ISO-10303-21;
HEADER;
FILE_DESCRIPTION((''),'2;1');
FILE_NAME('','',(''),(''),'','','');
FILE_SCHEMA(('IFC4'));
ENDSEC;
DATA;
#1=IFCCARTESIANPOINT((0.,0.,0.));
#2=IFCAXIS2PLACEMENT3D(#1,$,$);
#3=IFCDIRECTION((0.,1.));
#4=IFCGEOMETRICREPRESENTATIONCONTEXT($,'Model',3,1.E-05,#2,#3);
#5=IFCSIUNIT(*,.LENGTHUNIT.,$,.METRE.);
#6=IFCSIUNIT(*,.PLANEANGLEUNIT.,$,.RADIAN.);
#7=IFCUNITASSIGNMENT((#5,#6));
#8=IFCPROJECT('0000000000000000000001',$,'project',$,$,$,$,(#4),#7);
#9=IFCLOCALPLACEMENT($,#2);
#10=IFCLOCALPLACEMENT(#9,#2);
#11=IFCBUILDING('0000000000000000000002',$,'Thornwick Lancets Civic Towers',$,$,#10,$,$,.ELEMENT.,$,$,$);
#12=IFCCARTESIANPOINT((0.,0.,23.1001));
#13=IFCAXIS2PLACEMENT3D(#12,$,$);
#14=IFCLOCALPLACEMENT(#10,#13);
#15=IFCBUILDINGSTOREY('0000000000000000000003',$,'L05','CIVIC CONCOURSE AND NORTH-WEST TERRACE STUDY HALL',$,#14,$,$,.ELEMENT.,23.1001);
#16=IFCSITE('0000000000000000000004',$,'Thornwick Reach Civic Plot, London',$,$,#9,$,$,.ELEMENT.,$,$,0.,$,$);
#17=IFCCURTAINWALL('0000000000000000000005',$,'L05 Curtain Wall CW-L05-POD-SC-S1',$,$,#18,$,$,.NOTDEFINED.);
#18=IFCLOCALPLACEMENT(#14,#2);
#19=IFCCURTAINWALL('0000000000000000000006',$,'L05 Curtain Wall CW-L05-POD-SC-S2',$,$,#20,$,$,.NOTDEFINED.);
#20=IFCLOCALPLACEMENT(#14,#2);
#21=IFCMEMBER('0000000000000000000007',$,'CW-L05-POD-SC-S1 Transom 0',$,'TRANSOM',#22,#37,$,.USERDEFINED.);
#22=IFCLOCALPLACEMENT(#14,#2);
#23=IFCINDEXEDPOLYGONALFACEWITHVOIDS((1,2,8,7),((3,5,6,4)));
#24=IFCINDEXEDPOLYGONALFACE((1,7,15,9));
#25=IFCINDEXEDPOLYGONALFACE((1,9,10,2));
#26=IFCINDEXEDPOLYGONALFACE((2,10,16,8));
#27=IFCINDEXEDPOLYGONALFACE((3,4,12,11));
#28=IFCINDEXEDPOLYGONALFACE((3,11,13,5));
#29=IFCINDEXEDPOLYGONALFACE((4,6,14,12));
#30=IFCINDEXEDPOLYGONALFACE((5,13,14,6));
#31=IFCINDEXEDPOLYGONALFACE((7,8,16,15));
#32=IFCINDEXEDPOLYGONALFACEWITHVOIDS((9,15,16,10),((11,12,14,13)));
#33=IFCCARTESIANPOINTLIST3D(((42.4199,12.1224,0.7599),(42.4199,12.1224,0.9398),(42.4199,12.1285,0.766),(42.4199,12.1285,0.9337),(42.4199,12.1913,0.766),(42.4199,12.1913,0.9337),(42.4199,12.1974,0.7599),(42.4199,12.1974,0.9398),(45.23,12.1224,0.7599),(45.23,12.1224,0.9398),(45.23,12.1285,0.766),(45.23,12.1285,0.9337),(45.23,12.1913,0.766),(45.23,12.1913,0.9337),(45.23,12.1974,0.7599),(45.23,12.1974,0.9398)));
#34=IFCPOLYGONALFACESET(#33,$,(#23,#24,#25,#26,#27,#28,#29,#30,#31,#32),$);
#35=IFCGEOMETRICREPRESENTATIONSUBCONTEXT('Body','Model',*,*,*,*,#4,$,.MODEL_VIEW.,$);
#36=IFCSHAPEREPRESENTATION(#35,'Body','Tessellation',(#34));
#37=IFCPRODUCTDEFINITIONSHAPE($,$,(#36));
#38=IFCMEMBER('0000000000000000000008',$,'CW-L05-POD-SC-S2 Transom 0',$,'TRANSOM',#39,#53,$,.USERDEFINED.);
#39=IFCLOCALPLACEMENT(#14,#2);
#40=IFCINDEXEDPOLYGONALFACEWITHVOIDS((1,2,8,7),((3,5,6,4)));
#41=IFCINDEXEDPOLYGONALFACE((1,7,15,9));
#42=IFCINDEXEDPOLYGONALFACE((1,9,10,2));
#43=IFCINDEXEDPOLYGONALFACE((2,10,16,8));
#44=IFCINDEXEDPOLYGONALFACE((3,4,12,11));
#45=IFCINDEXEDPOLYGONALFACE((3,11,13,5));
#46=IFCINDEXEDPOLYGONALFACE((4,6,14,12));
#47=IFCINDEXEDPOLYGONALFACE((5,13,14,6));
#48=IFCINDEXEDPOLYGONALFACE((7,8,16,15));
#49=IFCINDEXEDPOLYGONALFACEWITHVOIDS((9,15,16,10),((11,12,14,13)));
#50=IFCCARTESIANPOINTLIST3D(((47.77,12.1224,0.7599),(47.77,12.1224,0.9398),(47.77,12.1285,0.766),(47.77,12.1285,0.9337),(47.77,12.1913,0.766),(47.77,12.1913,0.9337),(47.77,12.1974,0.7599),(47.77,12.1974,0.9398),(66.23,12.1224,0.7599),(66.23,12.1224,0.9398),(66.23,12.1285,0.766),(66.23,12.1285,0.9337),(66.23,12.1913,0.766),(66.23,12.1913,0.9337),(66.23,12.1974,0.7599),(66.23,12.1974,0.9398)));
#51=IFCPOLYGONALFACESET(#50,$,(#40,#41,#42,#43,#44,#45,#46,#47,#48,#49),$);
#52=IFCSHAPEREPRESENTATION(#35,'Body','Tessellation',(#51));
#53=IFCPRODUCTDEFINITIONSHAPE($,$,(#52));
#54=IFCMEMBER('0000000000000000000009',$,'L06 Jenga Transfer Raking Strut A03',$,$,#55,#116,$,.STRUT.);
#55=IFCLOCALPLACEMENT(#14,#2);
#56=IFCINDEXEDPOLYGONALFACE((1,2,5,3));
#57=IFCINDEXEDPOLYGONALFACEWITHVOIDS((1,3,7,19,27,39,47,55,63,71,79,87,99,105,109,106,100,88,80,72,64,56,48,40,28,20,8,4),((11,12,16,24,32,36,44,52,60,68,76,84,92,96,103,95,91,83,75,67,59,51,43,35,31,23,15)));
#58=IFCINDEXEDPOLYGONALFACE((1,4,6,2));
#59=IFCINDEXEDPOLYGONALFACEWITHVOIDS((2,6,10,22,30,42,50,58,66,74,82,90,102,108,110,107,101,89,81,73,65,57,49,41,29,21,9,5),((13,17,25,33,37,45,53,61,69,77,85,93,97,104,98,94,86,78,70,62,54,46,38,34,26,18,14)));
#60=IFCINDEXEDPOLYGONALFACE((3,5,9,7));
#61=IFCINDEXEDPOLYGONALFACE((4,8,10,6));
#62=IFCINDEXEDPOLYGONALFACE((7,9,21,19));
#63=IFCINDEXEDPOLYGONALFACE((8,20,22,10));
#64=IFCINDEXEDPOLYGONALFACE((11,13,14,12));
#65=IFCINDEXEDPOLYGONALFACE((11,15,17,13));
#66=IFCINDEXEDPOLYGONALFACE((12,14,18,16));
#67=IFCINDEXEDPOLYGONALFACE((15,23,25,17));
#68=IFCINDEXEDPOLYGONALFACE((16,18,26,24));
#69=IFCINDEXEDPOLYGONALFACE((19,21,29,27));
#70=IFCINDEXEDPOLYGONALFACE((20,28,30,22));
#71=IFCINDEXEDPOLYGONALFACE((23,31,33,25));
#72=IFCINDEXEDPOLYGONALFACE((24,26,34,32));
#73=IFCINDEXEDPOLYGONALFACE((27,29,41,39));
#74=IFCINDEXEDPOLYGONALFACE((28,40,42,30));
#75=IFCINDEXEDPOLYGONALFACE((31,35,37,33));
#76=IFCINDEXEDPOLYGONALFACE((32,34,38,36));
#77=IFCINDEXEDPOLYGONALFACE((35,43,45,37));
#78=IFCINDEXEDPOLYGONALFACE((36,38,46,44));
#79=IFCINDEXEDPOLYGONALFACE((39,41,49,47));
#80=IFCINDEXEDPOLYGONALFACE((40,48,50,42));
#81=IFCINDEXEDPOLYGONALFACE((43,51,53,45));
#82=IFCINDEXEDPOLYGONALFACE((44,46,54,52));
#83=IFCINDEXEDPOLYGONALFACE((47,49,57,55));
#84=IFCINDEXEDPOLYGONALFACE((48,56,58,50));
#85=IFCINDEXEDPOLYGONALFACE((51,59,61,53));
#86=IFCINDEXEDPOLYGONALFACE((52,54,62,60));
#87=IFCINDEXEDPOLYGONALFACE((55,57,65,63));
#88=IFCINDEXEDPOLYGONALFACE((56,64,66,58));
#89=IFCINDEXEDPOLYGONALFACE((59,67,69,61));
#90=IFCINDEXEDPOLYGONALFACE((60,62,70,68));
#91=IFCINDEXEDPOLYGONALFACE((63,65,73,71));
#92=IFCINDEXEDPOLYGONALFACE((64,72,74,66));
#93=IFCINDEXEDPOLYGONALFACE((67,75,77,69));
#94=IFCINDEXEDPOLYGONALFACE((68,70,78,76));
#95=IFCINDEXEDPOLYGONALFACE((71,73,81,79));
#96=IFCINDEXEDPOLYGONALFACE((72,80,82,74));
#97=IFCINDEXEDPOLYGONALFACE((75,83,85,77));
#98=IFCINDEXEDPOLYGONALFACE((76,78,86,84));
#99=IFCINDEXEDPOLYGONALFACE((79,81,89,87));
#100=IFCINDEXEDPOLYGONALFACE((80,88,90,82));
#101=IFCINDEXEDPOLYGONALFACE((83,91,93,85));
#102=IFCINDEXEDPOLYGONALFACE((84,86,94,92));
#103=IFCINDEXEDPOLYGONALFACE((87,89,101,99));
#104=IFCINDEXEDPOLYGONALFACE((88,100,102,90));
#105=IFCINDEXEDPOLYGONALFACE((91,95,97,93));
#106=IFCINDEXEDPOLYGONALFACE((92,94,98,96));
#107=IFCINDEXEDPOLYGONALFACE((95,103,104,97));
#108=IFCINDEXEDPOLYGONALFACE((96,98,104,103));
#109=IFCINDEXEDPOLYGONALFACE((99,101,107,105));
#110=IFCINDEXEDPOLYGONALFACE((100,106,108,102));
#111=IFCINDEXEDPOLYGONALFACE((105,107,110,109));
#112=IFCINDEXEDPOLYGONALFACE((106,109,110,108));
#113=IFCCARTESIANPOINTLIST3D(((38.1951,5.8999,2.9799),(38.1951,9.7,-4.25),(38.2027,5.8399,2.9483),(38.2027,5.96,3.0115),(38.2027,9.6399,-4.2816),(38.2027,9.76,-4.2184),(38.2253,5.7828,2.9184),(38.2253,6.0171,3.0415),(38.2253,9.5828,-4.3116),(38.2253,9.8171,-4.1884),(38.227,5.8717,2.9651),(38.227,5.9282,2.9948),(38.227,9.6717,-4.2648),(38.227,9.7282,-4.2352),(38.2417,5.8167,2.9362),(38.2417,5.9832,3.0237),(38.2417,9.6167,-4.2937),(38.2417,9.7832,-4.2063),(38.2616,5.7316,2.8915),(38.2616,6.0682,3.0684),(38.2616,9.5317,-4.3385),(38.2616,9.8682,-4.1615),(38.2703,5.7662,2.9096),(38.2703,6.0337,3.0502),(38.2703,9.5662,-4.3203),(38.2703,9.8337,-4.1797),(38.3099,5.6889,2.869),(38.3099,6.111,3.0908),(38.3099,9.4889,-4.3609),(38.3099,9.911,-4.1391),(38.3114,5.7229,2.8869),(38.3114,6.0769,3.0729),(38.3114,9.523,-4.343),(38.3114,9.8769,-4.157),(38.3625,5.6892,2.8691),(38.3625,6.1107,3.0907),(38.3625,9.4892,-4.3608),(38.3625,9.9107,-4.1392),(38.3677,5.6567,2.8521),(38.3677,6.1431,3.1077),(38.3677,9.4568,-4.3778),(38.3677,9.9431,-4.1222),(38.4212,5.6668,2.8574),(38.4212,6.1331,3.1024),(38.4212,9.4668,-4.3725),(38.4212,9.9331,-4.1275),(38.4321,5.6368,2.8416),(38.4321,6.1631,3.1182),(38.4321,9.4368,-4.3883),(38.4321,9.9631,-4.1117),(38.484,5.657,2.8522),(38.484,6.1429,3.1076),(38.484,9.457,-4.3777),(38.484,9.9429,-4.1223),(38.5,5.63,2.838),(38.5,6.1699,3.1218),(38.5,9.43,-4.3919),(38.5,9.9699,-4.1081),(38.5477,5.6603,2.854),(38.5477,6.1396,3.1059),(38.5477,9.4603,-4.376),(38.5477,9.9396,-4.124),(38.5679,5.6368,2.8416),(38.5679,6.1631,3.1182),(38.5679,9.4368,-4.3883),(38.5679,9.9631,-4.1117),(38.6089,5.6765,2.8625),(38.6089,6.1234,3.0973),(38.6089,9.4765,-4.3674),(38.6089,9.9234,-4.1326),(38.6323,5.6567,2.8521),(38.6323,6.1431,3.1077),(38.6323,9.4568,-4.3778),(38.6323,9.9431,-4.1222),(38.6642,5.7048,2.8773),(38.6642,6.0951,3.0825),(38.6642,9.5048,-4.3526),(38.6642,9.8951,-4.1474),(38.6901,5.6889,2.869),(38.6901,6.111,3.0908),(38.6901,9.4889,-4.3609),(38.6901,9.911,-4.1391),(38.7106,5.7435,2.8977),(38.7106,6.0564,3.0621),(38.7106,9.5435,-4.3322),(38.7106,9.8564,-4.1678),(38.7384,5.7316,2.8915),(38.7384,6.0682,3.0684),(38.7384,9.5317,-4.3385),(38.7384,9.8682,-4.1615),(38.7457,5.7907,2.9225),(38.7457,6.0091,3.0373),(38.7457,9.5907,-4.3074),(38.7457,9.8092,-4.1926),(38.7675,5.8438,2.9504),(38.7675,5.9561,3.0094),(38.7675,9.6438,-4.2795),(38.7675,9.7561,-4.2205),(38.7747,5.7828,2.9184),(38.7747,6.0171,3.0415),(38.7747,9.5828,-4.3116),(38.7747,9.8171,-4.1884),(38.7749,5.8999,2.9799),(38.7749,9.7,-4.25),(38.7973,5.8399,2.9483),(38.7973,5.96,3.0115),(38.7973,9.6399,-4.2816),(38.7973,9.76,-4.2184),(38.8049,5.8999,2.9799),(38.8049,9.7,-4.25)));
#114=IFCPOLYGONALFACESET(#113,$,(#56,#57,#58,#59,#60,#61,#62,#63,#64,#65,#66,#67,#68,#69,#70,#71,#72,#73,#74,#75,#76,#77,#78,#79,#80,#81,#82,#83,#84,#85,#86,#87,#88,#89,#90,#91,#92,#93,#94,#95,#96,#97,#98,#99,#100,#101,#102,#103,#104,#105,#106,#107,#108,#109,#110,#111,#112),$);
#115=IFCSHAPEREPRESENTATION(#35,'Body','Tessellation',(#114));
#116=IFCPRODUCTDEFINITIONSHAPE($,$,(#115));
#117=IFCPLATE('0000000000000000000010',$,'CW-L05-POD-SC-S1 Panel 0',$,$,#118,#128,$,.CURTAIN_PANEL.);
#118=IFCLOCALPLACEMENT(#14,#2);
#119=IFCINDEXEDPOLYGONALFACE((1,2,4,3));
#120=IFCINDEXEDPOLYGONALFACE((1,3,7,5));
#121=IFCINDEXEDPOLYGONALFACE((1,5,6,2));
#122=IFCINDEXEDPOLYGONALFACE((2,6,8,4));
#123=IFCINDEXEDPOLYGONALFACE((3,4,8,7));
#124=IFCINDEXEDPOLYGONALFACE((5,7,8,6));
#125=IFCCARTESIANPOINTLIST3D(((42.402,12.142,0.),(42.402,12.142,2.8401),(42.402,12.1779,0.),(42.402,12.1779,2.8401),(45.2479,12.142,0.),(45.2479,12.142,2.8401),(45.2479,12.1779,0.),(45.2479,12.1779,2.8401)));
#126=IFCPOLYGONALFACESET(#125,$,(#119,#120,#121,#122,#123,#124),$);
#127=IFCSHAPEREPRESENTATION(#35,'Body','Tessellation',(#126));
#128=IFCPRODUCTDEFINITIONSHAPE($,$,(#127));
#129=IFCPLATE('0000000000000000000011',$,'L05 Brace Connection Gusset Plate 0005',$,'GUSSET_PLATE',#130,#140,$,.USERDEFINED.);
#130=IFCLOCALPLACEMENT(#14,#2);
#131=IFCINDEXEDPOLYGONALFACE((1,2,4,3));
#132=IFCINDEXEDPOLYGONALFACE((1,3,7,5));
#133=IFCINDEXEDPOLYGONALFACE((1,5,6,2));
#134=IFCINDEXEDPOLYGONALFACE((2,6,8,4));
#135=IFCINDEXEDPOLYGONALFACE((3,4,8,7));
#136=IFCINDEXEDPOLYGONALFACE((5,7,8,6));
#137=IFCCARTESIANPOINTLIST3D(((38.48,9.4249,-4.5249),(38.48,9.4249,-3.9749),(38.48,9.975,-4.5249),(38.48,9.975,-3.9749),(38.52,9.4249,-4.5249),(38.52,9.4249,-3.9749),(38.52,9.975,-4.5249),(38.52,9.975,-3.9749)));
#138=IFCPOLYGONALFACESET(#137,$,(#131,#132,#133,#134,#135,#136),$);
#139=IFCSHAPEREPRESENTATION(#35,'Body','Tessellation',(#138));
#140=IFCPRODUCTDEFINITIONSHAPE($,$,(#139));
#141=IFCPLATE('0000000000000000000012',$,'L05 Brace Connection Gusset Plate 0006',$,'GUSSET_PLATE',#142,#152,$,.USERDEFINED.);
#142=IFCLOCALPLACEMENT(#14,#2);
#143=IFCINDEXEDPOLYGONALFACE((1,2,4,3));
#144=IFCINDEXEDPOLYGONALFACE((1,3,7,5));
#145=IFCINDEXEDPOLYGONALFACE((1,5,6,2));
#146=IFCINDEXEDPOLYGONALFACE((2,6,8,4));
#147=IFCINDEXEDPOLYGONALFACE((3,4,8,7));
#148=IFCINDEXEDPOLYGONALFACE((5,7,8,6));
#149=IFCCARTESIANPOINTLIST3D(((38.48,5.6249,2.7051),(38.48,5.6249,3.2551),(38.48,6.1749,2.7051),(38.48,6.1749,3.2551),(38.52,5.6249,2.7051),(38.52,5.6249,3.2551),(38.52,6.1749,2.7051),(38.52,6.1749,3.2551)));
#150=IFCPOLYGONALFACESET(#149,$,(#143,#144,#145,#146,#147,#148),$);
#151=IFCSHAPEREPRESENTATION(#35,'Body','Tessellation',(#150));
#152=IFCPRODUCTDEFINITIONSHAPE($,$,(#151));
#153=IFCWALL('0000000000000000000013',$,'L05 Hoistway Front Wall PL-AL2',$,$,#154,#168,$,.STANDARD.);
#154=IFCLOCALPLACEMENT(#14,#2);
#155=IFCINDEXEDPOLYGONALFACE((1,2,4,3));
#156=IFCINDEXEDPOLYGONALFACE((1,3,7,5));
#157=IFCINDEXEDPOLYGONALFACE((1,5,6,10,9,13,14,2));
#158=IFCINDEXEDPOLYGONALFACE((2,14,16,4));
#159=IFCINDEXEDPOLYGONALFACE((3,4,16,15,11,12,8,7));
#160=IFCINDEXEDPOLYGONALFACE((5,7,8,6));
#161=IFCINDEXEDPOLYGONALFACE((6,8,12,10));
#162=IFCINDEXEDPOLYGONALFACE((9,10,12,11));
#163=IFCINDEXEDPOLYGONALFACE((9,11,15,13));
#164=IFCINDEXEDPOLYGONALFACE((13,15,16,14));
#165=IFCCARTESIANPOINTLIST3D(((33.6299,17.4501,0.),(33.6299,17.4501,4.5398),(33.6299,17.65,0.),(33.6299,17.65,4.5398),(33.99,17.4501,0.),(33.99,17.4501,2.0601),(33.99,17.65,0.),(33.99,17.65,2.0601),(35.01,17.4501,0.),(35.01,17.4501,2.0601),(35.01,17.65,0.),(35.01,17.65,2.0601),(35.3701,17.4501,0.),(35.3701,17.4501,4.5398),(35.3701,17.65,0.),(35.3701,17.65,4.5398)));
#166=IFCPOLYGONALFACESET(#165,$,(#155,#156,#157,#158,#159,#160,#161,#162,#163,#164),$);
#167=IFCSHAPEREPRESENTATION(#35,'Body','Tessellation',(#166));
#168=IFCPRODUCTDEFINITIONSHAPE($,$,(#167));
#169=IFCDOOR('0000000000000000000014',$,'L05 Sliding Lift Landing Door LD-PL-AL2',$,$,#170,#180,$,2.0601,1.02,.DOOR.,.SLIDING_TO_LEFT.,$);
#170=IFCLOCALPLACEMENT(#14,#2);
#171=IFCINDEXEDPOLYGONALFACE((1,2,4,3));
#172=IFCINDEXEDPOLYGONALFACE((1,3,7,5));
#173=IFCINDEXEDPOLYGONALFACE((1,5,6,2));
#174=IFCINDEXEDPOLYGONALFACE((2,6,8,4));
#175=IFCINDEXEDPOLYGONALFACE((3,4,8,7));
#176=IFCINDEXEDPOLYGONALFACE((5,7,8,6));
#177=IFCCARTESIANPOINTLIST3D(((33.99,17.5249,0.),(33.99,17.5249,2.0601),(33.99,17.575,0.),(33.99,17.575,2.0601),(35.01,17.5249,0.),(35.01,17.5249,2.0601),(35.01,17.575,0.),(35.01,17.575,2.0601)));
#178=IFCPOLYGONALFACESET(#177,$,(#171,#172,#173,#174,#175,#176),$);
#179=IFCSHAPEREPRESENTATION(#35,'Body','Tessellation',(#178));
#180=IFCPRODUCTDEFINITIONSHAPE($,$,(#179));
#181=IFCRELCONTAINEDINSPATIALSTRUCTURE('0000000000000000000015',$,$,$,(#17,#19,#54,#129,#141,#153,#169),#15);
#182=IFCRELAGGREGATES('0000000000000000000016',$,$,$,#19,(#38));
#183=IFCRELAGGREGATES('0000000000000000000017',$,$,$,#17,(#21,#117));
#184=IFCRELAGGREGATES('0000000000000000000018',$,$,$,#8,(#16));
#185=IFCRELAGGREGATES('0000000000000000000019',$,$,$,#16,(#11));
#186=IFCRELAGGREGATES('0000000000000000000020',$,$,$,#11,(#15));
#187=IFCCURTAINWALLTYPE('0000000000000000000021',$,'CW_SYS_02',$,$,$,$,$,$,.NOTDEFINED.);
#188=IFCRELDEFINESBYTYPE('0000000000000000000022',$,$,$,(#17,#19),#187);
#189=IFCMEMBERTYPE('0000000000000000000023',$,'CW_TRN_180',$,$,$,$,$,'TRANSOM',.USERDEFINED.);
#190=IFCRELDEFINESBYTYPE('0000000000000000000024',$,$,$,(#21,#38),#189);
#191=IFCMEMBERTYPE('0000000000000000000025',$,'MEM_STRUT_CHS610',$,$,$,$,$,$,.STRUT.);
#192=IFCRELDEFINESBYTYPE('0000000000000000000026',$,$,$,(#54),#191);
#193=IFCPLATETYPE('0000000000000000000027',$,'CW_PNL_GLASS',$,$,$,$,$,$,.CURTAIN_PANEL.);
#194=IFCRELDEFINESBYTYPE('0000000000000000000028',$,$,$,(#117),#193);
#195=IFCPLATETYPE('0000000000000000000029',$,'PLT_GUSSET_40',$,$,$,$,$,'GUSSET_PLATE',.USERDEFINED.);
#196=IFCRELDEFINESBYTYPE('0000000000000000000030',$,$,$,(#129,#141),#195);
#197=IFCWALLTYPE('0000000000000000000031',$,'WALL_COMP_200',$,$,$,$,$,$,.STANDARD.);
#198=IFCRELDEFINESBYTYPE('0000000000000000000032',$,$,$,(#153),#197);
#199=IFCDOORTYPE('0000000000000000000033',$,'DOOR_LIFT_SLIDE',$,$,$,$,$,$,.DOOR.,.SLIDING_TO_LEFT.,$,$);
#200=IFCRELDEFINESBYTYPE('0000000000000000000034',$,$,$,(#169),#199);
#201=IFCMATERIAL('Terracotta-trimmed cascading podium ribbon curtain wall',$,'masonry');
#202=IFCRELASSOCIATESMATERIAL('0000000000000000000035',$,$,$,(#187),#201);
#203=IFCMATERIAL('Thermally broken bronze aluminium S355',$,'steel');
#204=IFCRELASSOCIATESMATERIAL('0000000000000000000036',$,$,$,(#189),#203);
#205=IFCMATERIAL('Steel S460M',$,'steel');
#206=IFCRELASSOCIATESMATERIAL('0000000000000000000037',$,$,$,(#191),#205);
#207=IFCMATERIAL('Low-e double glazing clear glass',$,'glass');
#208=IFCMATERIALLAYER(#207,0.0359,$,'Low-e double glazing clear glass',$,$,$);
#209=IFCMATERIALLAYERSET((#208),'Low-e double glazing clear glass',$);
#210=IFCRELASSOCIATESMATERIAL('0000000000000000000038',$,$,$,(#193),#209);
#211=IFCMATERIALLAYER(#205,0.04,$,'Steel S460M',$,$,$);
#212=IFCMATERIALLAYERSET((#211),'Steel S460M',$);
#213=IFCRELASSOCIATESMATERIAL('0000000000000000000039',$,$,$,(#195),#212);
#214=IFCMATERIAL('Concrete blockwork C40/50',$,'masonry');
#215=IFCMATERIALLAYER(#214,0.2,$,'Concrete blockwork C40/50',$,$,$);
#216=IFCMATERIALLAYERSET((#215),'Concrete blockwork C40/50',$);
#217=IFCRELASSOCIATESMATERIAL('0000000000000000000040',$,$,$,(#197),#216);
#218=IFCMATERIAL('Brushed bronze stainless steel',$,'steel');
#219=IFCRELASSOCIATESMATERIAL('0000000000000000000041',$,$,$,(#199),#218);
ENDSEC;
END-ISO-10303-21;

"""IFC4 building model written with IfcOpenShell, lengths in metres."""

from ifc_helpers import new_model, si_unit, direction, frame, frame_2d, origin, origin_2d, place, context, subcontext, project, spatial, rectangle, hollow_rectangle, hollow_circle, extrude, material, layer, layer_set, material_profile, profile_set, type_object, element, fill, aggregate, save


model = new_model("IFC4")

# Units and contexts
model_context = context("Model", 3, precision=1e-05, world=origin(), true_north=direction((0.0, 1.0)))
body_context = subcontext(model_context, "Body", "Model", "MODEL_VIEW")
ifc_project = project(units=[si_unit("LENGTHUNIT", "METRE"), si_unit("PLANEANGLEUNIT", "RADIAN")], contexts=[model_context])

# Site, building, storey
site_placement = place(None, origin())
site = spatial("IfcSite", under=ifc_project, at=site_placement, Name="Thornwick Reach Civic Plot, London", CompositionType="ELEMENT", RefElevation=0.0)
building_placement = place(site_placement, origin())
building = spatial("IfcBuilding", under=site, at=building_placement, Name="Thornwick Lancets Civic Towers", CompositionType="ELEMENT")
storey_placement = place(building_placement, frame((0.0, 0.0, 23.1001)))
storey = spatial("IfcBuildingStorey", under=building, at=storey_placement, Name="L05", Description="CIVIC CONCOURSE AND NORTH-WEST TERRACE STUDY HALL", CompositionType="ELEMENT", Elevation=23.1001)

# Shared definitions
ifc_material_1 = material(Name="Steel S460M", Category="steel")

# Curtain wall
ifc_material_2 = material(Name="Terracotta-trimmed cascading podium ribbon curtain wall", Category="masonry")
curtain_wall_type = type_object("IfcCurtainWallType", Name="CW_SYS_02", PredefinedType="NOTDEFINED", material=ifc_material_2)
curtain_wall_1_placement = place(storey_placement, origin())
curtain_wall_1 = element("IfcCurtainWall", 1, at=curtain_wall_1_placement, inside=storey, type_object=curtain_wall_type, Name="L05 Curtain Wall CW-L05-POD-SC-S1", PredefinedType="NOTDEFINED")
ifc_material_3 = material(Name="Thermally broken bronze aluminium S355", Category="steel")

# Curtain wall
curtain_wall_2_placement = place(storey_placement, origin())
curtain_wall_2 = element("IfcCurtainWall", 2, at=curtain_wall_2_placement, inside=storey, type_object=curtain_wall_type, Name="L05 Curtain Wall CW-L05-POD-SC-S2", PredefinedType="NOTDEFINED")

# Members
ifc_material_profile_1 = material_profile(ifc_material_3, hollow_rectangle(XDim=0.075, YDim=0.1799, WallThickness=0.0061, at=origin_2d()), Name="RHS 180x75x6")
ifc_profile_set_1 = profile_set([ifc_material_profile_1], Name="Thermally broken bronze aluminium S355")
member_type_1 = type_object("IfcMemberType", Name="CW_TRN_180", ElementType="TRANSOM", PredefinedType="USERDEFINED", material=ifc_profile_set_1)
member_1_placement = place(storey_placement, frame((42.4199, 12.1599, 0.8499), z_axis=(1.0, 0.0, 0.0), x_axis=(0.0, 1.0, 0.0)))
member_1 = element("IfcMember", 3, at=member_1_placement, type_object=member_type_1, Name="CW-L05-POD-SC-S1 Transom 0", ObjectType="TRANSOM", PredefinedType="USERDEFINED", context=body_context, shape_type="SweptSolid", body=[
    extrude(hollow_rectangle(XDim=0.075, YDim=0.1799, WallThickness=0.0061, at=origin_2d()), origin(), (0.0, 0.0, 1.0), 2.8101),
])
member_2_placement = place(storey_placement, frame((47.77, 12.1599, 0.8499), z_axis=(1.0, 0.0, 0.0), x_axis=(0.0, 1.0, 0.0)))
member_2 = element("IfcMember", 4, at=member_2_placement, type_object=member_type_1, Name="CW-L05-POD-SC-S2 Transom 0", ObjectType="TRANSOM", PredefinedType="USERDEFINED", context=body_context, shape_type="SweptSolid", body=[
    extrude(hollow_rectangle(XDim=0.075, YDim=0.1799, WallThickness=0.0061, at=origin_2d()), origin(), (0.0, 0.0, 1.0), 18.46),
])
aggregate(curtain_wall_2, [member_2])
ifc_material_profile_2 = material_profile(ifc_material_1, hollow_circle(Radius=0.3049, WallThickness=0.03, at=origin_2d()), Name="CHS 610x30")
ifc_profile_set_2 = profile_set([ifc_material_profile_2], Name="Steel S460M")
member_type_2 = type_object("IfcMemberType", Name="MEM_STRUT_CHS610", PredefinedType="STRUT", material=ifc_profile_set_2)
member_3_placement = place(storey_placement, frame((38.5, 9.7, -4.25), z_axis=(0.0, -0.465247, 0.885181), x_axis=(1.0, 0.0, 0.0)))
element("IfcMember", 5, at=member_3_placement, inside=storey, type_object=member_type_2, Name="L06 Jenga Transfer Raking Strut A03", PredefinedType="STRUT", context=body_context, shape_type="SweptSolid", body=[
    extrude(hollow_circle(Radius=0.3049, WallThickness=0.03, at=origin_2d()), origin(), (0.0, 0.0, 1.0), 8.1677),
])

# Plate
ifc_material_4 = material(Name="Low-e double glazing clear glass", Category="glass")
ifc_layer_1 = layer(ifc_material_4, 0.0359, Name="Low-e double glazing clear glass")
ifc_layer_set_1 = layer_set([ifc_layer_1], Name="Low-e double glazing clear glass")
plate_type_1 = type_object("IfcPlateType", Name="CW_PNL_GLASS", PredefinedType="CURTAIN_PANEL", material=ifc_layer_set_1)
plate_placement = place(storey_placement, frame((43.825, 12.1599, 0.0), z_axis=(0.0, 0.0, 1.0), x_axis=(1.0, 0.0, 0.0)))
plate = element("IfcPlate", 6, at=plate_placement, type_object=plate_type_1, Name="CW-L05-POD-SC-S1 Panel 0", PredefinedType="CURTAIN_PANEL", context=body_context, shape_type="SweptSolid", body=[
    extrude(rectangle(XDim=2.8459, YDim=0.0359, at=origin_2d()), origin(), (0.0, 0.0, 1.0), 2.8401),
])
aggregate(curtain_wall_1, [member_1, plate])

# Plates
ifc_layer_2 = layer(ifc_material_1, 0.04, Name="Steel S460M")
ifc_layer_set_2 = layer_set([ifc_layer_2], Name="Steel S460M")
plate_type_2 = type_object("IfcPlateType", Name="PLT_GUSSET_40", ElementType="GUSSET_PLATE", PredefinedType="USERDEFINED", material=ifc_layer_set_2)
for number, where, z_axis, x_axis, name in (
    (7, (38.5, 9.7, -4.5249), (0.0, 0.0, 1.0), (0.0, -1.0, 0.0), "L05 Brace Connection Gusset Plate 0005"),
    (8, (38.5, 5.8999, 2.7051), (0.0, 0.0, 1.0), (0.0, -1.0, 0.0), "L05 Brace Connection Gusset Plate 0006"),
):
    element("IfcPlate", number, at=place(storey_placement, frame(where, z_axis=z_axis, x_axis=x_axis)), inside=storey, type_object=plate_type_2, Name=name, ObjectType="GUSSET_PLATE", PredefinedType="USERDEFINED", context=body_context, shape_type="SweptSolid", body=[
        extrude(rectangle(XDim=0.55, YDim=0.04, at=origin_2d()), origin(), (0.0, 0.0, 1.0), 0.55),
    ])

# Wall, opening, door
ifc_material_5 = material(Name="Concrete blockwork C40/50", Category="masonry")
ifc_layer_3 = layer(ifc_material_5, 0.2, Name="Concrete blockwork C40/50")
ifc_layer_set_3 = layer_set([ifc_layer_3], Name="Concrete blockwork C40/50")
wall_type_1 = type_object("IfcWallType", Name="WALL_COMP_200", PredefinedType="STANDARD", material=ifc_layer_set_3)
wall_1_placement = place(storey_placement, frame((33.6299, 17.55, 0.0), z_axis=(0.0, 0.0, 1.0), x_axis=(1.0, 0.0, 0.0)))
wall_1 = element("IfcWall", 9, at=wall_1_placement, inside=storey, type_object=wall_type_1, Name="L05 Hoistway Front Wall PL-AL2", PredefinedType="STANDARD", context=body_context, shape_type="SweptSolid", body=[
    extrude(rectangle(XDim=1.7402, YDim=0.2, at=frame_2d((0.8701, 0.0))), origin(), (0.0, 0.0, 1.0), 4.5398),
])
opening_1_placement = place(wall_1_placement, frame((0.3601, 0.0, 0.0)))
opening_1 = element("IfcOpeningElement", 10, at=opening_1_placement, cuts=wall_1, PredefinedType="OPENING", context=body_context, shape_type="SweptSolid", body=[
    extrude(rectangle(XDim=1.02, YDim=2.0601, at=frame_2d((0.51, 1.03))), frame((0.0, 0.1099, 0.0), z_axis=(0.0, -1.0, 0.0), x_axis=(1.0, 0.0, 0.0)), (0.0, 0.0, 1.0), 0.22),
])
ifc_material_6 = material(Name="Brushed bronze stainless steel", Category="steel")
door_type_1 = type_object("IfcDoorType", Name="DOOR_LIFT_SLIDE", OperationType="SLIDING_TO_LEFT", PredefinedType="DOOR", material=ifc_material_6)
door_1_placement = place(opening_1_placement, origin())
door_1 = element("IfcDoor", 11, at=door_1_placement, inside=storey, type_object=door_type_1, Name="L05 Sliding Lift Landing Door LD-PL-AL2", OperationType="SLIDING_TO_LEFT", OverallHeight=2.0601, OverallWidth=1.02, PredefinedType="DOOR", context=body_context, shape_type="SweptSolid", body=[
    extrude(rectangle(XDim=1.02, YDim=2.0601, at=frame_2d((0.51, 1.03))), frame((0.0, 0.0249, 0.0), z_axis=(0.0, -1.0, 0.0), x_axis=(1.0, 0.0, 0.0)), (0.0, 0.0, 1.0), 0.05),
])
fill(opening_1, door_1)

save(model, "model.ifc")
